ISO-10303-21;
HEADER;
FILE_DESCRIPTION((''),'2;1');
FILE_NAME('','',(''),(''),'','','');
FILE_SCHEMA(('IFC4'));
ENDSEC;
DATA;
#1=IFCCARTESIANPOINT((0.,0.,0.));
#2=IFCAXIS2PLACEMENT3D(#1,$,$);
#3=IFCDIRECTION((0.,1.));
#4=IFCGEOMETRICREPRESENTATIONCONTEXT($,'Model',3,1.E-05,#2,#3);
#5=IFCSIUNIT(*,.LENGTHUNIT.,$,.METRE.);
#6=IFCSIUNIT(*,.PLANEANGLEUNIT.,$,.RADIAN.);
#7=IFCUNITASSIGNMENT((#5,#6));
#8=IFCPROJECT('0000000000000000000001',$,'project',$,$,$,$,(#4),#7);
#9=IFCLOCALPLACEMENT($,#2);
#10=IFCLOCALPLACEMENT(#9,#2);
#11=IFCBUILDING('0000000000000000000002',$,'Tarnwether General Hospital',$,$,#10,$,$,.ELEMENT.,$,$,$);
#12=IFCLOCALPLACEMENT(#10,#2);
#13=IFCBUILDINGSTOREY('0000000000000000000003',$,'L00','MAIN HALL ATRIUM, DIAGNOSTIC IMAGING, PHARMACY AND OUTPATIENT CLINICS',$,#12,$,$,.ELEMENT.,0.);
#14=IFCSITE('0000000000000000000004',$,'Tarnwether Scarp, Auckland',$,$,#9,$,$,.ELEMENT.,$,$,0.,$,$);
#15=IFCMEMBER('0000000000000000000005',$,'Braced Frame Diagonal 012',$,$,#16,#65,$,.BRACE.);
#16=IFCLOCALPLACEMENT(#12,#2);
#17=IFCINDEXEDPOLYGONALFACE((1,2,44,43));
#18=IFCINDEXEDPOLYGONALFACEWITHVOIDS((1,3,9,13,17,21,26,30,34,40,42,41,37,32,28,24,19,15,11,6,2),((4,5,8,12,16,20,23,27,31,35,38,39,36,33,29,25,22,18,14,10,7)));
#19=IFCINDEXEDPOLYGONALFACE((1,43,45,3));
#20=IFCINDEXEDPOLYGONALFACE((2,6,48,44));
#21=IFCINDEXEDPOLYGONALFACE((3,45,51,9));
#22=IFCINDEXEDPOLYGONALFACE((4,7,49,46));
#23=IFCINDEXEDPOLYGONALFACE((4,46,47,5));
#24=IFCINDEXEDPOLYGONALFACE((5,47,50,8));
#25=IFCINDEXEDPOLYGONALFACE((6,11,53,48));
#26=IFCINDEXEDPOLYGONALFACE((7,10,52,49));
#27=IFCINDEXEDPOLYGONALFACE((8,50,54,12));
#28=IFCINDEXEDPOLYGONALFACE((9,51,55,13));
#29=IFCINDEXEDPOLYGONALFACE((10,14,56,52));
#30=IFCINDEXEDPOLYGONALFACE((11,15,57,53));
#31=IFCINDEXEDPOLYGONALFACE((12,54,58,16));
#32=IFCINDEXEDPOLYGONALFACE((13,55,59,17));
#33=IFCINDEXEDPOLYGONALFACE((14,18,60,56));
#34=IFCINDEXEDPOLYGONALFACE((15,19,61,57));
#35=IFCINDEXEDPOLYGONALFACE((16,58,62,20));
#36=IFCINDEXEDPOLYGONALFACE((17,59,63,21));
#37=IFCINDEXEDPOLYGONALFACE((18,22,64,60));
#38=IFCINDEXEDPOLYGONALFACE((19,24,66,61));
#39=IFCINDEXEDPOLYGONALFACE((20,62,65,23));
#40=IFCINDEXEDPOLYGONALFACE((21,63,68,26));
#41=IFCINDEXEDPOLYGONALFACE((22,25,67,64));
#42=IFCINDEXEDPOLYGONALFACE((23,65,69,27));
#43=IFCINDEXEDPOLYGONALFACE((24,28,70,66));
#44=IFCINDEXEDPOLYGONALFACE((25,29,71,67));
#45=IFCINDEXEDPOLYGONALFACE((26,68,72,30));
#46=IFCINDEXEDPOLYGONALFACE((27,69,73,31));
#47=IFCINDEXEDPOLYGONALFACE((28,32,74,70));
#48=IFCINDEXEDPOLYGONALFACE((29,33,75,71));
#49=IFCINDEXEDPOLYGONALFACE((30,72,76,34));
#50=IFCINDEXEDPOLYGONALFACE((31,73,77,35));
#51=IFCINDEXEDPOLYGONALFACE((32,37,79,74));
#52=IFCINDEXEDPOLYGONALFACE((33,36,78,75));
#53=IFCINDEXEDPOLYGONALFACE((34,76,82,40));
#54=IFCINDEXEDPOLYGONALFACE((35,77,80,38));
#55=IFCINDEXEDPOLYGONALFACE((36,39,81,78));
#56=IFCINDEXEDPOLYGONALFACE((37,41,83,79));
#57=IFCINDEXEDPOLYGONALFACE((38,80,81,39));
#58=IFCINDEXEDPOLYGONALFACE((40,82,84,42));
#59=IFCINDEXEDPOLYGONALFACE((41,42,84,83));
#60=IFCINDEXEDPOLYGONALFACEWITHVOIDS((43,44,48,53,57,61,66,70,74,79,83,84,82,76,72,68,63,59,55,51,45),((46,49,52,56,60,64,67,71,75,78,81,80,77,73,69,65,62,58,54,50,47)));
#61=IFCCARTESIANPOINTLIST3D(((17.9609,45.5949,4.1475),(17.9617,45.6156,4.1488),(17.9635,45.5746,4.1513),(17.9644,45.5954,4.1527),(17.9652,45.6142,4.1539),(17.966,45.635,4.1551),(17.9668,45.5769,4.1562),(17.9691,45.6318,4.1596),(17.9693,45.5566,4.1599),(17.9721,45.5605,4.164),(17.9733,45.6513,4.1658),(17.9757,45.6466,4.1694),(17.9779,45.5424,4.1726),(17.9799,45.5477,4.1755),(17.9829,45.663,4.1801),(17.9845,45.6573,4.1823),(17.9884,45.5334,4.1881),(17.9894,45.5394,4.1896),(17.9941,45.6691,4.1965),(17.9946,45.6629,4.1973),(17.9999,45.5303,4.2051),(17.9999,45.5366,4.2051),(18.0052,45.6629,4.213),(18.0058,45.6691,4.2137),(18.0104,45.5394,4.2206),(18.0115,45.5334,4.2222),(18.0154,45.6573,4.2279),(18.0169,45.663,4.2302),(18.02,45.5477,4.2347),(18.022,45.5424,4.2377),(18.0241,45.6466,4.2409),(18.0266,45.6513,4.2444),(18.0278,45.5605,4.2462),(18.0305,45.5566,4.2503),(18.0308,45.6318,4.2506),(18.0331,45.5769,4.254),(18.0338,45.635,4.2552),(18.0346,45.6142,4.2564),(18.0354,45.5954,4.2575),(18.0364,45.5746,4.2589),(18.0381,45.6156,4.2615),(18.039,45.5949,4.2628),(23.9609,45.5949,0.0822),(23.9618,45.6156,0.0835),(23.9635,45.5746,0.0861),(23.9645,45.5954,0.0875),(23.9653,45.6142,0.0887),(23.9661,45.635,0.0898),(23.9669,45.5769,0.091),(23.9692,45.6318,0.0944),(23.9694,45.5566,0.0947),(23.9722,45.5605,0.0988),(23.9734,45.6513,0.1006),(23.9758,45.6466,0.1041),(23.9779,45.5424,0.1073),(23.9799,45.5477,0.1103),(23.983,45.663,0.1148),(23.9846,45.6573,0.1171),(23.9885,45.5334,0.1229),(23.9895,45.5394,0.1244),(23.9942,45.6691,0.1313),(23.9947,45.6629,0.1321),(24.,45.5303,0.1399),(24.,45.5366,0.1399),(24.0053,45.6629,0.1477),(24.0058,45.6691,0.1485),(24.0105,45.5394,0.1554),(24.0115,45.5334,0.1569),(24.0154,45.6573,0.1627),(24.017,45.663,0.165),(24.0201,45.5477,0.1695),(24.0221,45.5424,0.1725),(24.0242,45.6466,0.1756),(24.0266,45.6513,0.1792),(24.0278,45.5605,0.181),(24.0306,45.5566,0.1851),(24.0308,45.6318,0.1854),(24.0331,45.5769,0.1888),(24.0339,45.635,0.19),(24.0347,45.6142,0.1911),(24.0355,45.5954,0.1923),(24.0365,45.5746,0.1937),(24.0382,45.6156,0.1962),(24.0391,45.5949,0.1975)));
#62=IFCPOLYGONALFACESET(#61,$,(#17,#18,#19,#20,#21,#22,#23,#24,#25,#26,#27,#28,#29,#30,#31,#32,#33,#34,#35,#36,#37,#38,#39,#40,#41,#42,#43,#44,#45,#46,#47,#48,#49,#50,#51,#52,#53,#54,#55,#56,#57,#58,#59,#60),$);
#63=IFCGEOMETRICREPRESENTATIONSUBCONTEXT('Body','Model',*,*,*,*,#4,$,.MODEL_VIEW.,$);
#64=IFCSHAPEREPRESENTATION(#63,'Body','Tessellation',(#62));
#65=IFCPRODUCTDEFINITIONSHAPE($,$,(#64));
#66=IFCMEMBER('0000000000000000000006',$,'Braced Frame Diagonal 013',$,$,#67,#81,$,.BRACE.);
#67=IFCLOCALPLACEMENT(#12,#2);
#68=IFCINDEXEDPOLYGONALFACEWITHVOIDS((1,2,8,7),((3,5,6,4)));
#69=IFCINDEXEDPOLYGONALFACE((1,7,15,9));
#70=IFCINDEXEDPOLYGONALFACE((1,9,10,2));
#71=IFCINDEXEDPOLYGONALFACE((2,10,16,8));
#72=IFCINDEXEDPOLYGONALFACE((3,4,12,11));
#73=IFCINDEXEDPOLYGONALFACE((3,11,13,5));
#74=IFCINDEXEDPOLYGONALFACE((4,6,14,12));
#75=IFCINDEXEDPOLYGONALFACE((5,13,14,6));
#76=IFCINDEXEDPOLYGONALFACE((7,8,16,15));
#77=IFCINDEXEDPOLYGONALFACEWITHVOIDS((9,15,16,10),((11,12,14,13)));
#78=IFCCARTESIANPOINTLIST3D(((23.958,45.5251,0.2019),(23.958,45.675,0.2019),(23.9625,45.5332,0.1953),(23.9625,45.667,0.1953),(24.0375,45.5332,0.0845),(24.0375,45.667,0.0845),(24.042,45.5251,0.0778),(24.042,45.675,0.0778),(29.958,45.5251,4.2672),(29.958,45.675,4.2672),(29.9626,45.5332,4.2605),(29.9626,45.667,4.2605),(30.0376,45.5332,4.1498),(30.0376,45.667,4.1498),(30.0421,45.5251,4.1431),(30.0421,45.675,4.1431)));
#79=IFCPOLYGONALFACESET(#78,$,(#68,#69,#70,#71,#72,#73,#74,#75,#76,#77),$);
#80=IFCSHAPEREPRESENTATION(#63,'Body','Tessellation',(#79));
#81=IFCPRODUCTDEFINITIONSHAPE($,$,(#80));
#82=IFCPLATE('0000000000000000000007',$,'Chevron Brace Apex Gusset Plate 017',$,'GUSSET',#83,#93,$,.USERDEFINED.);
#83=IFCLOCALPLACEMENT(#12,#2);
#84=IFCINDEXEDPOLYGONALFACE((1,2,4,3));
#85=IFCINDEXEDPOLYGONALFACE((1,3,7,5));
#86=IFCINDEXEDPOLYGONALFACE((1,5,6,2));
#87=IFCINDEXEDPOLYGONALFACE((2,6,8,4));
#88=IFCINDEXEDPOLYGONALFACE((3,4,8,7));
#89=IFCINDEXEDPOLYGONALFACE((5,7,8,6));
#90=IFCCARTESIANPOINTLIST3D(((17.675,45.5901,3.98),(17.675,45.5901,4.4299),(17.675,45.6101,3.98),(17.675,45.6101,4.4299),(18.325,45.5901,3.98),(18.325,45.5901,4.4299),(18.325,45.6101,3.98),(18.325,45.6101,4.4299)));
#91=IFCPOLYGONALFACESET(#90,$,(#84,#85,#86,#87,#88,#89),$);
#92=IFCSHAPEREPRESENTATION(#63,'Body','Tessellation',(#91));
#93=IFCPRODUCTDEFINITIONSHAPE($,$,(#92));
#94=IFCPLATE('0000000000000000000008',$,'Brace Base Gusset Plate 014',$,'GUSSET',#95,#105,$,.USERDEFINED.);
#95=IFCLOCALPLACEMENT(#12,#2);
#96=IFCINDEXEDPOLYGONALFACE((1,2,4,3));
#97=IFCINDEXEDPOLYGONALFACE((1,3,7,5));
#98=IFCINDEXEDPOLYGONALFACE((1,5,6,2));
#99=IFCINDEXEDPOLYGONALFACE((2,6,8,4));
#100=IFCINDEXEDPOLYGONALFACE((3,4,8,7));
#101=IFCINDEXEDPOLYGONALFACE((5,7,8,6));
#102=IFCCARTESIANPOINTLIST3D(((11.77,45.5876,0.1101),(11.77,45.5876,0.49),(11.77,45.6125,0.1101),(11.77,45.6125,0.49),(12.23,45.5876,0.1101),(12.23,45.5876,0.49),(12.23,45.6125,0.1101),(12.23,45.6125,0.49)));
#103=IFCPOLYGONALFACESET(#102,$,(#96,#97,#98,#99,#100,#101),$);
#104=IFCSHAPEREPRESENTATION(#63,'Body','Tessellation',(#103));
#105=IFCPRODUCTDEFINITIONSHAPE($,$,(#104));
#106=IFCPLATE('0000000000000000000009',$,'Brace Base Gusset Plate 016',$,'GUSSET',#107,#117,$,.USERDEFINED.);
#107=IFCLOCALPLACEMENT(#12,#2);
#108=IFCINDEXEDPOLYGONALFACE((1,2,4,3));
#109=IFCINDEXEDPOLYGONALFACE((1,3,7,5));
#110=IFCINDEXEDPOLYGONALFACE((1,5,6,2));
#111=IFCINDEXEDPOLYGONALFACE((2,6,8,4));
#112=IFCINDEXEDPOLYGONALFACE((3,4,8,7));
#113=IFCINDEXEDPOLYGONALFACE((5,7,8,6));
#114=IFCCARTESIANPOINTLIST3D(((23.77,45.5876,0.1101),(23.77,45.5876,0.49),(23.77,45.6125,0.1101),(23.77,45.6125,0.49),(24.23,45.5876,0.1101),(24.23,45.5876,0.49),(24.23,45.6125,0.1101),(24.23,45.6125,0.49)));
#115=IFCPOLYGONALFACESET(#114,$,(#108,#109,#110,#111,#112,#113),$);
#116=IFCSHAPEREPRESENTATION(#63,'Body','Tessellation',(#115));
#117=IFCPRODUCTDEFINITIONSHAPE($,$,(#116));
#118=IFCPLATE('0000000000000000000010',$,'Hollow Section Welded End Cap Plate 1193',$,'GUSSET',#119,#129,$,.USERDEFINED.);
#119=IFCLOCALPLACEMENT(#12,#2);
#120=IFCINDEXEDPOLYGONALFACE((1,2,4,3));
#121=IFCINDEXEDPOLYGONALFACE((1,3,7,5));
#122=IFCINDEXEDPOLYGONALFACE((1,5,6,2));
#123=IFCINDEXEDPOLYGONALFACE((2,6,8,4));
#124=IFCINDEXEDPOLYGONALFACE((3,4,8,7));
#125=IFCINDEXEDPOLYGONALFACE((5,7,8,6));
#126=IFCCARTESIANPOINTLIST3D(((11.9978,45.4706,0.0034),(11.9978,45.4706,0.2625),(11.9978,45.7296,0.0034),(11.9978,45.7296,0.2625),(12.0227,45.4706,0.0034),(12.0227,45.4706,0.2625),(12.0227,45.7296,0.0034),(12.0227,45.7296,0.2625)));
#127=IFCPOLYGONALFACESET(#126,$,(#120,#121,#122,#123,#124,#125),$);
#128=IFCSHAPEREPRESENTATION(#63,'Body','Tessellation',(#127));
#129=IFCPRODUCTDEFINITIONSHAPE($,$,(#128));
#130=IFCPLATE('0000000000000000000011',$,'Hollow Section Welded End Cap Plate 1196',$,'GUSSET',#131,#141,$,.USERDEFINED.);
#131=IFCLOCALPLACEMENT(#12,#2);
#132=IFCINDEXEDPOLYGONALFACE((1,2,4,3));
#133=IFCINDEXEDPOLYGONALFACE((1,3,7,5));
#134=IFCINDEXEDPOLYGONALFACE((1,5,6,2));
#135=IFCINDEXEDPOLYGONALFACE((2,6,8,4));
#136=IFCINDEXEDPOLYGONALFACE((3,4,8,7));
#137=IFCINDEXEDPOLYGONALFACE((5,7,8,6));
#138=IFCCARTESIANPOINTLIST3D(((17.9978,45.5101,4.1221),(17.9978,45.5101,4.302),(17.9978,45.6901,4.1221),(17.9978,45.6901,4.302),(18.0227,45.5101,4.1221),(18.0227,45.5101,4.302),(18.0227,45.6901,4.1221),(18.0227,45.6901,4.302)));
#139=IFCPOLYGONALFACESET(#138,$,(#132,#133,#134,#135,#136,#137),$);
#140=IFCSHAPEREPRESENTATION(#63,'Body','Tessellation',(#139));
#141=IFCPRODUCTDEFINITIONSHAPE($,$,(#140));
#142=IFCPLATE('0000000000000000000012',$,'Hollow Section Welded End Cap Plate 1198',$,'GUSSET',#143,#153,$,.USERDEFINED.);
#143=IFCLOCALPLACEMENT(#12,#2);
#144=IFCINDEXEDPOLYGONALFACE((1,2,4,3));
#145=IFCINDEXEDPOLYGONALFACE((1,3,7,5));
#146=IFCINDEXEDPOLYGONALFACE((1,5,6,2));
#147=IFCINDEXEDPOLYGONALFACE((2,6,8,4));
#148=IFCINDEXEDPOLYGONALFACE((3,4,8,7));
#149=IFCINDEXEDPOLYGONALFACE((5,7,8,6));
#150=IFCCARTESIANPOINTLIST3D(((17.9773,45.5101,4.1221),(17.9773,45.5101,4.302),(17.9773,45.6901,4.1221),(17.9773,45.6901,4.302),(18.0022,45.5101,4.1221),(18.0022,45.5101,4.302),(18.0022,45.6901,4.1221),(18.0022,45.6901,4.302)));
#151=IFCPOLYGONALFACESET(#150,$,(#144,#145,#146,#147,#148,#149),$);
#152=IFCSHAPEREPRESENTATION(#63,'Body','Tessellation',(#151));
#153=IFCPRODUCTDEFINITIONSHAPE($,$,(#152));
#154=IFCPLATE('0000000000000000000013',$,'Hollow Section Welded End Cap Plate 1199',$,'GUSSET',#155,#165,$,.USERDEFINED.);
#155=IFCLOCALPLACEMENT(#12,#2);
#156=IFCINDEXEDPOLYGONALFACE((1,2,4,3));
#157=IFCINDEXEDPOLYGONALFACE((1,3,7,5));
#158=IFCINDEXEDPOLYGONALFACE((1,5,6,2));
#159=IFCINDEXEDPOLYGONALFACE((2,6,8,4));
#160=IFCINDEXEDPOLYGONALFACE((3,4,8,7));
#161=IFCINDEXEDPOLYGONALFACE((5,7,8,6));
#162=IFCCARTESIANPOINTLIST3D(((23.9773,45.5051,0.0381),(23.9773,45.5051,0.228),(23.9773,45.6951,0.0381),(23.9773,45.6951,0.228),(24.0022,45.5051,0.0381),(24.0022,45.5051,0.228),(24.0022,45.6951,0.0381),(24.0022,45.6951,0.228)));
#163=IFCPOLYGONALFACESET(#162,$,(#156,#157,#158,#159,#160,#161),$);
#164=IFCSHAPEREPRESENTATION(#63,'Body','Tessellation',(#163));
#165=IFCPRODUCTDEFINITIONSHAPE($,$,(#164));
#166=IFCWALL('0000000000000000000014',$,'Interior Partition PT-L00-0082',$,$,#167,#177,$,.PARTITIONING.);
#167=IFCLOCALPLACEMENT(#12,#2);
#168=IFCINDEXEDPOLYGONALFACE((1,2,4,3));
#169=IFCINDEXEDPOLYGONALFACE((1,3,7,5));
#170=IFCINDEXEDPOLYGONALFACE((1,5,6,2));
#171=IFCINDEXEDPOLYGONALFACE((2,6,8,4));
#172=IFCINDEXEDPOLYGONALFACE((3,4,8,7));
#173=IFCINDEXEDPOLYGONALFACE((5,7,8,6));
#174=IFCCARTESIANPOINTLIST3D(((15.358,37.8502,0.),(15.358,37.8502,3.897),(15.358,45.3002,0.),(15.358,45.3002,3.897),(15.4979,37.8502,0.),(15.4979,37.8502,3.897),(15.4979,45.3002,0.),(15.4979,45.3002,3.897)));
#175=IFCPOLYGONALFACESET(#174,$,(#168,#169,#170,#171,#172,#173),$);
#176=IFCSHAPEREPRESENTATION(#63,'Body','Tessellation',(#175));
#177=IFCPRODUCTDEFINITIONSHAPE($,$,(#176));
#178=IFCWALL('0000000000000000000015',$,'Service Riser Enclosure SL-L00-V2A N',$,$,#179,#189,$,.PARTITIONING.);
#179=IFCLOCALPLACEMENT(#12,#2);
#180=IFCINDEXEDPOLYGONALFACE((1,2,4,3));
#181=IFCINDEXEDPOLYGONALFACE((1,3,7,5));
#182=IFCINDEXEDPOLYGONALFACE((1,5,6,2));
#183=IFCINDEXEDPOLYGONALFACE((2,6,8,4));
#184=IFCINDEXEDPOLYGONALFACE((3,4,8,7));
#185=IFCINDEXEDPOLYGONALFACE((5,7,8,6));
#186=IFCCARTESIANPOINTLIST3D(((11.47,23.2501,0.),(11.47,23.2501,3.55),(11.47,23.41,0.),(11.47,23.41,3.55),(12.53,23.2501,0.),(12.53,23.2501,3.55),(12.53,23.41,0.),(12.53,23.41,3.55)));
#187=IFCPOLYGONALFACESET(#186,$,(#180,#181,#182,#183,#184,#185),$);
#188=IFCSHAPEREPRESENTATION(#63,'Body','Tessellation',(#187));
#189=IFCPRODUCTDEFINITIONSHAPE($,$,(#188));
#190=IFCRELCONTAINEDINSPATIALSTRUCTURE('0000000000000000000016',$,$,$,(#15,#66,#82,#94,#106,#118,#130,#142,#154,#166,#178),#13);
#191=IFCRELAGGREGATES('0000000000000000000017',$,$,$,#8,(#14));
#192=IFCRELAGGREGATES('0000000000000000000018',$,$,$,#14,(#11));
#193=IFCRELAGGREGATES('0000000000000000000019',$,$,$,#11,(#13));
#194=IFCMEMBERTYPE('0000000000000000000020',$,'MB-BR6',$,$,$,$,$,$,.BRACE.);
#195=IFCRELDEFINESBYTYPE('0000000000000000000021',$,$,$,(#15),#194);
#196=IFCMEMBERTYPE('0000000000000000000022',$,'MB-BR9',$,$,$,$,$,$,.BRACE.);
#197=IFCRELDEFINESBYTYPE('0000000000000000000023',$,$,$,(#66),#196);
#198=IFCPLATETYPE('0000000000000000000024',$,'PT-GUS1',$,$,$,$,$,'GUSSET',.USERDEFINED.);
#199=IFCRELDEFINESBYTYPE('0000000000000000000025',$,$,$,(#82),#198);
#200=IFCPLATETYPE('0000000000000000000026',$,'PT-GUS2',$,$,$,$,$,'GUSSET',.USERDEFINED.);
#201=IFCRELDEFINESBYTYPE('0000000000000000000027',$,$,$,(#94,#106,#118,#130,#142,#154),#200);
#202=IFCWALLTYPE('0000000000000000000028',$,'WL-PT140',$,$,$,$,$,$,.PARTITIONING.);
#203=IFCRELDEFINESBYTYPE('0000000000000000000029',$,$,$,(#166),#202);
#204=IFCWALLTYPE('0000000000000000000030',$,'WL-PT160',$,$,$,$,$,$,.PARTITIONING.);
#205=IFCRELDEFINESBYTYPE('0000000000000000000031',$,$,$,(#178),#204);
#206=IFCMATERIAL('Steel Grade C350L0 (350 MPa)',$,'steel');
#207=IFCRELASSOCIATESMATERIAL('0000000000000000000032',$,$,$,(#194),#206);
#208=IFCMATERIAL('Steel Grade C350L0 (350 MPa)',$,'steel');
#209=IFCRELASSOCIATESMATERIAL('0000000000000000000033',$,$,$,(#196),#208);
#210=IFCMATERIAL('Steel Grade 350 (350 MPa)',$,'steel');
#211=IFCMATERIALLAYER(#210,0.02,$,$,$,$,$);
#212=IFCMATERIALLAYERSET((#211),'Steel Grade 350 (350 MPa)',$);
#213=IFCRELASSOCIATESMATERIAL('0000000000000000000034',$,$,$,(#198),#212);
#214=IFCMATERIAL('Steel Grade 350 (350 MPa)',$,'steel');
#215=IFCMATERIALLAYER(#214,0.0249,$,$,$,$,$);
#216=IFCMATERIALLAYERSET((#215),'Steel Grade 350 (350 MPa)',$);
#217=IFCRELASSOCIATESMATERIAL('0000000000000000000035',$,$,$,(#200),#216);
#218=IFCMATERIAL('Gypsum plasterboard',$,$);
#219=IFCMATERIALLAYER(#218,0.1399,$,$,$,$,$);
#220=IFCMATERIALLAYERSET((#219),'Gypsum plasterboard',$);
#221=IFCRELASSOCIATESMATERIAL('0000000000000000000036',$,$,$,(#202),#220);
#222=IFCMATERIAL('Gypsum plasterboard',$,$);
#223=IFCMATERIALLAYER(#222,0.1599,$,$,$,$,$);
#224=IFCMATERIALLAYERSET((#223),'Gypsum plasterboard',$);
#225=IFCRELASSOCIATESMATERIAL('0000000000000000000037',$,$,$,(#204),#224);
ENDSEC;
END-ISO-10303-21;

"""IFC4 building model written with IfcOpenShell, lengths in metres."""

from ifc_helpers import new_model, si_unit, direction, frame, frame_2d, origin, origin_2d, place, context, subcontext, project, spatial, rectangle, hollow_rectangle, hollow_circle, extrude, material, layer, layer_set, material_profile, profile_set, type_object, element, save


model = new_model("IFC4")

# Units and contexts
model_context = context("Model", 3, precision=1e-05, world=origin(), true_north=direction((0.0, 1.0)))
body_context = subcontext(model_context, "Body", "Model", "MODEL_VIEW")
ifc_project = project(units=[si_unit("LENGTHUNIT", "METRE"), si_unit("PLANEANGLEUNIT", "RADIAN")], contexts=[model_context])

# Site, building, storey
site_placement = place(None, origin())
site = spatial("IfcSite", under=ifc_project, at=site_placement, Name="Tarnwether Scarp, Auckland", CompositionType="ELEMENT", RefElevation=0.0)
building_placement = place(site_placement, origin())
building = spatial("IfcBuilding", under=site, at=building_placement, Name="Tarnwether General Hospital", CompositionType="ELEMENT")
storey_placement = place(building_placement, origin())
storey = spatial("IfcBuildingStorey", under=building, at=storey_placement, Name="L00", Description="MAIN HALL ATRIUM, DIAGNOSTIC IMAGING, PHARMACY AND OUTPATIENT CLINICS", CompositionType="ELEMENT", Elevation=0.0)

# Members
ifc_material_1 = material(Name="Steel Grade C350L0 (350 MPa)", Category="steel")
ifc_material_profile_1 = material_profile(ifc_material_1, hollow_circle(Radius=0.0698, WallThickness=0.0063, at=origin_2d()), Name="CHS139.7x6.4")
ifc_profile_set_1 = profile_set([ifc_material_profile_1], Name="Steel Grade C350L0 (350 MPa)")
member_type_1 = type_object("IfcMemberType", Name="MB-BR6", PredefinedType="BRACE", material=ifc_profile_set_1)
for number, where, z_axis, x_axis, name in (
    (1, (24.0, 45.6001, 0.1399), (-0.827876, 0.0, 0.560911), (0.0, -1.0, 0.0), "Braced Frame Diagonal 012"),
):
    element("IfcMember", number, at=place(storey_placement, frame(where, z_axis=z_axis, x_axis=x_axis)), inside=storey, type_object=member_type_1, Name=name, PredefinedType="BRACE", context=body_context, shape_type="SweptSolid", body=[
        extrude(hollow_circle(Radius=0.0698, WallThickness=0.0063, at=origin_2d()), origin(), (0.0, 0.0, 1.0), 7.2476),
    ])
ifc_material_2 = material(Name="Steel Grade C350L0 (350 MPa)", Category="steel")
ifc_material_profile_2 = material_profile(ifc_material_2, hollow_rectangle(XDim=0.1499, YDim=0.1499, WallThickness=0.0081, at=origin_2d()), Name="SHS150x150x8")
ifc_profile_set_2 = profile_set([ifc_material_profile_2], Name="Steel Grade C350L0 (350 MPa)")
member_type_2 = type_object("IfcMemberType", Name="MB-BR9", PredefinedType="BRACE", material=ifc_profile_set_2)
member_1_placement = place(storey_placement, frame((24.0, 45.6001, 0.1399), z_axis=(0.827876, 0.0, 0.560911), x_axis=(0.0, 1.0, 0.0)))
element("IfcMember", 2, at=member_1_placement, inside=storey, type_object=member_type_2, Name="Braced Frame Diagonal 013", PredefinedType="BRACE", context=body_context, shape_type="SweptSolid", body=[
    extrude(hollow_rectangle(XDim=0.1499, YDim=0.1499, WallThickness=0.0081, at=origin_2d()), origin(), (0.0, 0.0, 1.0), 7.2476),
])

# Plates
ifc_material_3 = material(Name="Steel Grade 350 (350 MPa)", Category="steel")
ifc_layer_1 = layer(ifc_material_3, 0.02)
ifc_layer_set_1 = layer_set([ifc_layer_1], Name="Steel Grade 350 (350 MPa)")
plate_type_1 = type_object("IfcPlateType", Name="PT-GUS1", ElementType="GUSSET", PredefinedType="USERDEFINED", material=ifc_layer_set_1)
plate_1_placement = place(storey_placement, frame((18.0, 45.6001, 3.98), z_axis=(0.0, 0.0, 1.0), x_axis=(1.0, 0.0, 0.0)))
element("IfcPlate", 3, at=plate_1_placement, inside=storey, type_object=plate_type_1, Name="Chevron Brace Apex Gusset Plate 017", ObjectType="GUSSET", PredefinedType="USERDEFINED", context=body_context, shape_type="SweptSolid", body=[
    extrude(rectangle(XDim=0.6499, YDim=0.02, at=origin_2d()), origin(), (0.0, 0.0, 1.0), 0.45),
])
ifc_material_4 = material(Name="Steel Grade 350 (350 MPa)", Category="steel")
ifc_layer_2 = layer(ifc_material_4, 0.0249)
ifc_layer_set_2 = layer_set([ifc_layer_2], Name="Steel Grade 350 (350 MPa)")
plate_type_2 = type_object("IfcPlateType", Name="PT-GUS2", ElementType="GUSSET", PredefinedType="USERDEFINED", material=ifc_layer_set_2)
for number, where, z_axis, x_axis, name in (
    (4, (12.0, 45.6001, 0.1101), (0.0, 0.0, 1.0), (1.0, 0.0, 0.0), "Brace Base Gusset Plate 014"),
    (5, (24.0, 45.6001, 0.1101), (0.0, 0.0, 1.0), (1.0, 0.0, 0.0), "Brace Base Gusset Plate 016"),
):
    element("IfcPlate", number, at=place(storey_placement, frame(where, z_axis=z_axis, x_axis=x_axis)), inside=storey, type_object=plate_type_2, Name=name, ObjectType="GUSSET", PredefinedType="USERDEFINED", context=body_context, shape_type="SweptSolid", body=[
        extrude(rectangle(XDim=0.46, YDim=0.0249, at=origin_2d()), origin(), (0.0, 0.0, 1.0), 0.3799),
    ])
plate_2_placement = place(storey_placement, frame((12.0103, 45.6001, 0.0034), z_axis=(0.0, 0.0, 1.0), x_axis=(-1.0, 0.0, 0.0)))
element("IfcPlate", 6, at=plate_2_placement, inside=storey, type_object=plate_type_2, Name="Hollow Section Welded End Cap Plate 1193", ObjectType="GUSSET", PredefinedType="USERDEFINED", context=body_context, shape_type="SweptSolid", body=[
    extrude(rectangle(XDim=0.0249, YDim=0.259, at=origin_2d()), origin(), (0.0, 0.0, 1.0), 0.259),
])
for number, where, z_axis, x_axis, name in (
    (7, (18.0103, 45.6001, 4.1221), (0.0, 0.0, 1.0), (1.0, 0.0, 0.0), "Hollow Section Welded End Cap Plate 1196"),
    (8, (17.9897, 45.6001, 4.1221), (0.0, 0.0, 1.0), (-1.0, 0.0, 0.0), "Hollow Section Welded End Cap Plate 1198"),
):
    element("IfcPlate", number, at=place(storey_placement, frame(where, z_axis=z_axis, x_axis=x_axis)), inside=storey, type_object=plate_type_2, Name=name, ObjectType="GUSSET", PredefinedType="USERDEFINED", context=body_context, shape_type="SweptSolid", body=[
        extrude(rectangle(XDim=0.0249, YDim=0.1799, at=origin_2d()), origin(), (0.0, 0.0, 1.0), 0.1799),
    ])
plate_3_placement = place(storey_placement, frame((23.9897, 45.6001, 0.0381), z_axis=(0.0, 0.0, 1.0), x_axis=(1.0, 0.0, 0.0)))
element("IfcPlate", 9, at=plate_3_placement, inside=storey, type_object=plate_type_2, Name="Hollow Section Welded End Cap Plate 1199", ObjectType="GUSSET", PredefinedType="USERDEFINED", context=body_context, shape_type="SweptSolid", body=[
    extrude(rectangle(XDim=0.0249, YDim=0.1899, at=origin_2d()), origin(), (0.0, 0.0, 1.0), 0.1899),
])

# Walls
ifc_material_5 = material(Name="Gypsum plasterboard")
ifc_layer_3 = layer(ifc_material_5, 0.1399)
ifc_layer_set_3 = layer_set([ifc_layer_3], Name="Gypsum plasterboard")
wall_type_1 = type_object("IfcWallType", Name="WL-PT140", PredefinedType="PARTITIONING", material=ifc_layer_set_3)
wall_1_placement = place(storey_placement, frame((15.428, 37.8501, 0.0), z_axis=(0.0, 0.0, 1.0), x_axis=(0.0, 1.0, 0.0)))
element("IfcWall", 10, at=wall_1_placement, inside=storey, type_object=wall_type_1, Name="Interior Partition PT-L00-0082", PredefinedType="PARTITIONING", context=body_context, shape_type="SweptSolid", body=[
    extrude(rectangle(XDim=7.45, YDim=0.1399, at=frame_2d((3.7251, 0.0))), origin(), (0.0, 0.0, 1.0), 3.897),
])
ifc_material_6 = material(Name="Gypsum plasterboard")
ifc_layer_4 = layer(ifc_material_6, 0.1599)
ifc_layer_set_4 = layer_set([ifc_layer_4], Name="Gypsum plasterboard")
wall_type_2 = type_object("IfcWallType", Name="WL-PT160", PredefinedType="PARTITIONING", material=ifc_layer_set_4)
wall_2_placement = place(storey_placement, frame((12.53, 23.3301, 0.0), z_axis=(0.0, 0.0, 1.0), x_axis=(-1.0, 0.0, 0.0)))
element("IfcWall", 11, at=wall_2_placement, inside=storey, type_object=wall_type_2, Name="Service Riser Enclosure SL-L00-V2A N", PredefinedType="PARTITIONING", context=body_context, shape_type="SweptSolid", body=[
    extrude(rectangle(XDim=1.0601, YDim=0.1599, at=frame_2d((0.53, 0.0))), origin(), (0.0, 0.0, 1.0), 3.55),
])

save(model, "model.ifc")
